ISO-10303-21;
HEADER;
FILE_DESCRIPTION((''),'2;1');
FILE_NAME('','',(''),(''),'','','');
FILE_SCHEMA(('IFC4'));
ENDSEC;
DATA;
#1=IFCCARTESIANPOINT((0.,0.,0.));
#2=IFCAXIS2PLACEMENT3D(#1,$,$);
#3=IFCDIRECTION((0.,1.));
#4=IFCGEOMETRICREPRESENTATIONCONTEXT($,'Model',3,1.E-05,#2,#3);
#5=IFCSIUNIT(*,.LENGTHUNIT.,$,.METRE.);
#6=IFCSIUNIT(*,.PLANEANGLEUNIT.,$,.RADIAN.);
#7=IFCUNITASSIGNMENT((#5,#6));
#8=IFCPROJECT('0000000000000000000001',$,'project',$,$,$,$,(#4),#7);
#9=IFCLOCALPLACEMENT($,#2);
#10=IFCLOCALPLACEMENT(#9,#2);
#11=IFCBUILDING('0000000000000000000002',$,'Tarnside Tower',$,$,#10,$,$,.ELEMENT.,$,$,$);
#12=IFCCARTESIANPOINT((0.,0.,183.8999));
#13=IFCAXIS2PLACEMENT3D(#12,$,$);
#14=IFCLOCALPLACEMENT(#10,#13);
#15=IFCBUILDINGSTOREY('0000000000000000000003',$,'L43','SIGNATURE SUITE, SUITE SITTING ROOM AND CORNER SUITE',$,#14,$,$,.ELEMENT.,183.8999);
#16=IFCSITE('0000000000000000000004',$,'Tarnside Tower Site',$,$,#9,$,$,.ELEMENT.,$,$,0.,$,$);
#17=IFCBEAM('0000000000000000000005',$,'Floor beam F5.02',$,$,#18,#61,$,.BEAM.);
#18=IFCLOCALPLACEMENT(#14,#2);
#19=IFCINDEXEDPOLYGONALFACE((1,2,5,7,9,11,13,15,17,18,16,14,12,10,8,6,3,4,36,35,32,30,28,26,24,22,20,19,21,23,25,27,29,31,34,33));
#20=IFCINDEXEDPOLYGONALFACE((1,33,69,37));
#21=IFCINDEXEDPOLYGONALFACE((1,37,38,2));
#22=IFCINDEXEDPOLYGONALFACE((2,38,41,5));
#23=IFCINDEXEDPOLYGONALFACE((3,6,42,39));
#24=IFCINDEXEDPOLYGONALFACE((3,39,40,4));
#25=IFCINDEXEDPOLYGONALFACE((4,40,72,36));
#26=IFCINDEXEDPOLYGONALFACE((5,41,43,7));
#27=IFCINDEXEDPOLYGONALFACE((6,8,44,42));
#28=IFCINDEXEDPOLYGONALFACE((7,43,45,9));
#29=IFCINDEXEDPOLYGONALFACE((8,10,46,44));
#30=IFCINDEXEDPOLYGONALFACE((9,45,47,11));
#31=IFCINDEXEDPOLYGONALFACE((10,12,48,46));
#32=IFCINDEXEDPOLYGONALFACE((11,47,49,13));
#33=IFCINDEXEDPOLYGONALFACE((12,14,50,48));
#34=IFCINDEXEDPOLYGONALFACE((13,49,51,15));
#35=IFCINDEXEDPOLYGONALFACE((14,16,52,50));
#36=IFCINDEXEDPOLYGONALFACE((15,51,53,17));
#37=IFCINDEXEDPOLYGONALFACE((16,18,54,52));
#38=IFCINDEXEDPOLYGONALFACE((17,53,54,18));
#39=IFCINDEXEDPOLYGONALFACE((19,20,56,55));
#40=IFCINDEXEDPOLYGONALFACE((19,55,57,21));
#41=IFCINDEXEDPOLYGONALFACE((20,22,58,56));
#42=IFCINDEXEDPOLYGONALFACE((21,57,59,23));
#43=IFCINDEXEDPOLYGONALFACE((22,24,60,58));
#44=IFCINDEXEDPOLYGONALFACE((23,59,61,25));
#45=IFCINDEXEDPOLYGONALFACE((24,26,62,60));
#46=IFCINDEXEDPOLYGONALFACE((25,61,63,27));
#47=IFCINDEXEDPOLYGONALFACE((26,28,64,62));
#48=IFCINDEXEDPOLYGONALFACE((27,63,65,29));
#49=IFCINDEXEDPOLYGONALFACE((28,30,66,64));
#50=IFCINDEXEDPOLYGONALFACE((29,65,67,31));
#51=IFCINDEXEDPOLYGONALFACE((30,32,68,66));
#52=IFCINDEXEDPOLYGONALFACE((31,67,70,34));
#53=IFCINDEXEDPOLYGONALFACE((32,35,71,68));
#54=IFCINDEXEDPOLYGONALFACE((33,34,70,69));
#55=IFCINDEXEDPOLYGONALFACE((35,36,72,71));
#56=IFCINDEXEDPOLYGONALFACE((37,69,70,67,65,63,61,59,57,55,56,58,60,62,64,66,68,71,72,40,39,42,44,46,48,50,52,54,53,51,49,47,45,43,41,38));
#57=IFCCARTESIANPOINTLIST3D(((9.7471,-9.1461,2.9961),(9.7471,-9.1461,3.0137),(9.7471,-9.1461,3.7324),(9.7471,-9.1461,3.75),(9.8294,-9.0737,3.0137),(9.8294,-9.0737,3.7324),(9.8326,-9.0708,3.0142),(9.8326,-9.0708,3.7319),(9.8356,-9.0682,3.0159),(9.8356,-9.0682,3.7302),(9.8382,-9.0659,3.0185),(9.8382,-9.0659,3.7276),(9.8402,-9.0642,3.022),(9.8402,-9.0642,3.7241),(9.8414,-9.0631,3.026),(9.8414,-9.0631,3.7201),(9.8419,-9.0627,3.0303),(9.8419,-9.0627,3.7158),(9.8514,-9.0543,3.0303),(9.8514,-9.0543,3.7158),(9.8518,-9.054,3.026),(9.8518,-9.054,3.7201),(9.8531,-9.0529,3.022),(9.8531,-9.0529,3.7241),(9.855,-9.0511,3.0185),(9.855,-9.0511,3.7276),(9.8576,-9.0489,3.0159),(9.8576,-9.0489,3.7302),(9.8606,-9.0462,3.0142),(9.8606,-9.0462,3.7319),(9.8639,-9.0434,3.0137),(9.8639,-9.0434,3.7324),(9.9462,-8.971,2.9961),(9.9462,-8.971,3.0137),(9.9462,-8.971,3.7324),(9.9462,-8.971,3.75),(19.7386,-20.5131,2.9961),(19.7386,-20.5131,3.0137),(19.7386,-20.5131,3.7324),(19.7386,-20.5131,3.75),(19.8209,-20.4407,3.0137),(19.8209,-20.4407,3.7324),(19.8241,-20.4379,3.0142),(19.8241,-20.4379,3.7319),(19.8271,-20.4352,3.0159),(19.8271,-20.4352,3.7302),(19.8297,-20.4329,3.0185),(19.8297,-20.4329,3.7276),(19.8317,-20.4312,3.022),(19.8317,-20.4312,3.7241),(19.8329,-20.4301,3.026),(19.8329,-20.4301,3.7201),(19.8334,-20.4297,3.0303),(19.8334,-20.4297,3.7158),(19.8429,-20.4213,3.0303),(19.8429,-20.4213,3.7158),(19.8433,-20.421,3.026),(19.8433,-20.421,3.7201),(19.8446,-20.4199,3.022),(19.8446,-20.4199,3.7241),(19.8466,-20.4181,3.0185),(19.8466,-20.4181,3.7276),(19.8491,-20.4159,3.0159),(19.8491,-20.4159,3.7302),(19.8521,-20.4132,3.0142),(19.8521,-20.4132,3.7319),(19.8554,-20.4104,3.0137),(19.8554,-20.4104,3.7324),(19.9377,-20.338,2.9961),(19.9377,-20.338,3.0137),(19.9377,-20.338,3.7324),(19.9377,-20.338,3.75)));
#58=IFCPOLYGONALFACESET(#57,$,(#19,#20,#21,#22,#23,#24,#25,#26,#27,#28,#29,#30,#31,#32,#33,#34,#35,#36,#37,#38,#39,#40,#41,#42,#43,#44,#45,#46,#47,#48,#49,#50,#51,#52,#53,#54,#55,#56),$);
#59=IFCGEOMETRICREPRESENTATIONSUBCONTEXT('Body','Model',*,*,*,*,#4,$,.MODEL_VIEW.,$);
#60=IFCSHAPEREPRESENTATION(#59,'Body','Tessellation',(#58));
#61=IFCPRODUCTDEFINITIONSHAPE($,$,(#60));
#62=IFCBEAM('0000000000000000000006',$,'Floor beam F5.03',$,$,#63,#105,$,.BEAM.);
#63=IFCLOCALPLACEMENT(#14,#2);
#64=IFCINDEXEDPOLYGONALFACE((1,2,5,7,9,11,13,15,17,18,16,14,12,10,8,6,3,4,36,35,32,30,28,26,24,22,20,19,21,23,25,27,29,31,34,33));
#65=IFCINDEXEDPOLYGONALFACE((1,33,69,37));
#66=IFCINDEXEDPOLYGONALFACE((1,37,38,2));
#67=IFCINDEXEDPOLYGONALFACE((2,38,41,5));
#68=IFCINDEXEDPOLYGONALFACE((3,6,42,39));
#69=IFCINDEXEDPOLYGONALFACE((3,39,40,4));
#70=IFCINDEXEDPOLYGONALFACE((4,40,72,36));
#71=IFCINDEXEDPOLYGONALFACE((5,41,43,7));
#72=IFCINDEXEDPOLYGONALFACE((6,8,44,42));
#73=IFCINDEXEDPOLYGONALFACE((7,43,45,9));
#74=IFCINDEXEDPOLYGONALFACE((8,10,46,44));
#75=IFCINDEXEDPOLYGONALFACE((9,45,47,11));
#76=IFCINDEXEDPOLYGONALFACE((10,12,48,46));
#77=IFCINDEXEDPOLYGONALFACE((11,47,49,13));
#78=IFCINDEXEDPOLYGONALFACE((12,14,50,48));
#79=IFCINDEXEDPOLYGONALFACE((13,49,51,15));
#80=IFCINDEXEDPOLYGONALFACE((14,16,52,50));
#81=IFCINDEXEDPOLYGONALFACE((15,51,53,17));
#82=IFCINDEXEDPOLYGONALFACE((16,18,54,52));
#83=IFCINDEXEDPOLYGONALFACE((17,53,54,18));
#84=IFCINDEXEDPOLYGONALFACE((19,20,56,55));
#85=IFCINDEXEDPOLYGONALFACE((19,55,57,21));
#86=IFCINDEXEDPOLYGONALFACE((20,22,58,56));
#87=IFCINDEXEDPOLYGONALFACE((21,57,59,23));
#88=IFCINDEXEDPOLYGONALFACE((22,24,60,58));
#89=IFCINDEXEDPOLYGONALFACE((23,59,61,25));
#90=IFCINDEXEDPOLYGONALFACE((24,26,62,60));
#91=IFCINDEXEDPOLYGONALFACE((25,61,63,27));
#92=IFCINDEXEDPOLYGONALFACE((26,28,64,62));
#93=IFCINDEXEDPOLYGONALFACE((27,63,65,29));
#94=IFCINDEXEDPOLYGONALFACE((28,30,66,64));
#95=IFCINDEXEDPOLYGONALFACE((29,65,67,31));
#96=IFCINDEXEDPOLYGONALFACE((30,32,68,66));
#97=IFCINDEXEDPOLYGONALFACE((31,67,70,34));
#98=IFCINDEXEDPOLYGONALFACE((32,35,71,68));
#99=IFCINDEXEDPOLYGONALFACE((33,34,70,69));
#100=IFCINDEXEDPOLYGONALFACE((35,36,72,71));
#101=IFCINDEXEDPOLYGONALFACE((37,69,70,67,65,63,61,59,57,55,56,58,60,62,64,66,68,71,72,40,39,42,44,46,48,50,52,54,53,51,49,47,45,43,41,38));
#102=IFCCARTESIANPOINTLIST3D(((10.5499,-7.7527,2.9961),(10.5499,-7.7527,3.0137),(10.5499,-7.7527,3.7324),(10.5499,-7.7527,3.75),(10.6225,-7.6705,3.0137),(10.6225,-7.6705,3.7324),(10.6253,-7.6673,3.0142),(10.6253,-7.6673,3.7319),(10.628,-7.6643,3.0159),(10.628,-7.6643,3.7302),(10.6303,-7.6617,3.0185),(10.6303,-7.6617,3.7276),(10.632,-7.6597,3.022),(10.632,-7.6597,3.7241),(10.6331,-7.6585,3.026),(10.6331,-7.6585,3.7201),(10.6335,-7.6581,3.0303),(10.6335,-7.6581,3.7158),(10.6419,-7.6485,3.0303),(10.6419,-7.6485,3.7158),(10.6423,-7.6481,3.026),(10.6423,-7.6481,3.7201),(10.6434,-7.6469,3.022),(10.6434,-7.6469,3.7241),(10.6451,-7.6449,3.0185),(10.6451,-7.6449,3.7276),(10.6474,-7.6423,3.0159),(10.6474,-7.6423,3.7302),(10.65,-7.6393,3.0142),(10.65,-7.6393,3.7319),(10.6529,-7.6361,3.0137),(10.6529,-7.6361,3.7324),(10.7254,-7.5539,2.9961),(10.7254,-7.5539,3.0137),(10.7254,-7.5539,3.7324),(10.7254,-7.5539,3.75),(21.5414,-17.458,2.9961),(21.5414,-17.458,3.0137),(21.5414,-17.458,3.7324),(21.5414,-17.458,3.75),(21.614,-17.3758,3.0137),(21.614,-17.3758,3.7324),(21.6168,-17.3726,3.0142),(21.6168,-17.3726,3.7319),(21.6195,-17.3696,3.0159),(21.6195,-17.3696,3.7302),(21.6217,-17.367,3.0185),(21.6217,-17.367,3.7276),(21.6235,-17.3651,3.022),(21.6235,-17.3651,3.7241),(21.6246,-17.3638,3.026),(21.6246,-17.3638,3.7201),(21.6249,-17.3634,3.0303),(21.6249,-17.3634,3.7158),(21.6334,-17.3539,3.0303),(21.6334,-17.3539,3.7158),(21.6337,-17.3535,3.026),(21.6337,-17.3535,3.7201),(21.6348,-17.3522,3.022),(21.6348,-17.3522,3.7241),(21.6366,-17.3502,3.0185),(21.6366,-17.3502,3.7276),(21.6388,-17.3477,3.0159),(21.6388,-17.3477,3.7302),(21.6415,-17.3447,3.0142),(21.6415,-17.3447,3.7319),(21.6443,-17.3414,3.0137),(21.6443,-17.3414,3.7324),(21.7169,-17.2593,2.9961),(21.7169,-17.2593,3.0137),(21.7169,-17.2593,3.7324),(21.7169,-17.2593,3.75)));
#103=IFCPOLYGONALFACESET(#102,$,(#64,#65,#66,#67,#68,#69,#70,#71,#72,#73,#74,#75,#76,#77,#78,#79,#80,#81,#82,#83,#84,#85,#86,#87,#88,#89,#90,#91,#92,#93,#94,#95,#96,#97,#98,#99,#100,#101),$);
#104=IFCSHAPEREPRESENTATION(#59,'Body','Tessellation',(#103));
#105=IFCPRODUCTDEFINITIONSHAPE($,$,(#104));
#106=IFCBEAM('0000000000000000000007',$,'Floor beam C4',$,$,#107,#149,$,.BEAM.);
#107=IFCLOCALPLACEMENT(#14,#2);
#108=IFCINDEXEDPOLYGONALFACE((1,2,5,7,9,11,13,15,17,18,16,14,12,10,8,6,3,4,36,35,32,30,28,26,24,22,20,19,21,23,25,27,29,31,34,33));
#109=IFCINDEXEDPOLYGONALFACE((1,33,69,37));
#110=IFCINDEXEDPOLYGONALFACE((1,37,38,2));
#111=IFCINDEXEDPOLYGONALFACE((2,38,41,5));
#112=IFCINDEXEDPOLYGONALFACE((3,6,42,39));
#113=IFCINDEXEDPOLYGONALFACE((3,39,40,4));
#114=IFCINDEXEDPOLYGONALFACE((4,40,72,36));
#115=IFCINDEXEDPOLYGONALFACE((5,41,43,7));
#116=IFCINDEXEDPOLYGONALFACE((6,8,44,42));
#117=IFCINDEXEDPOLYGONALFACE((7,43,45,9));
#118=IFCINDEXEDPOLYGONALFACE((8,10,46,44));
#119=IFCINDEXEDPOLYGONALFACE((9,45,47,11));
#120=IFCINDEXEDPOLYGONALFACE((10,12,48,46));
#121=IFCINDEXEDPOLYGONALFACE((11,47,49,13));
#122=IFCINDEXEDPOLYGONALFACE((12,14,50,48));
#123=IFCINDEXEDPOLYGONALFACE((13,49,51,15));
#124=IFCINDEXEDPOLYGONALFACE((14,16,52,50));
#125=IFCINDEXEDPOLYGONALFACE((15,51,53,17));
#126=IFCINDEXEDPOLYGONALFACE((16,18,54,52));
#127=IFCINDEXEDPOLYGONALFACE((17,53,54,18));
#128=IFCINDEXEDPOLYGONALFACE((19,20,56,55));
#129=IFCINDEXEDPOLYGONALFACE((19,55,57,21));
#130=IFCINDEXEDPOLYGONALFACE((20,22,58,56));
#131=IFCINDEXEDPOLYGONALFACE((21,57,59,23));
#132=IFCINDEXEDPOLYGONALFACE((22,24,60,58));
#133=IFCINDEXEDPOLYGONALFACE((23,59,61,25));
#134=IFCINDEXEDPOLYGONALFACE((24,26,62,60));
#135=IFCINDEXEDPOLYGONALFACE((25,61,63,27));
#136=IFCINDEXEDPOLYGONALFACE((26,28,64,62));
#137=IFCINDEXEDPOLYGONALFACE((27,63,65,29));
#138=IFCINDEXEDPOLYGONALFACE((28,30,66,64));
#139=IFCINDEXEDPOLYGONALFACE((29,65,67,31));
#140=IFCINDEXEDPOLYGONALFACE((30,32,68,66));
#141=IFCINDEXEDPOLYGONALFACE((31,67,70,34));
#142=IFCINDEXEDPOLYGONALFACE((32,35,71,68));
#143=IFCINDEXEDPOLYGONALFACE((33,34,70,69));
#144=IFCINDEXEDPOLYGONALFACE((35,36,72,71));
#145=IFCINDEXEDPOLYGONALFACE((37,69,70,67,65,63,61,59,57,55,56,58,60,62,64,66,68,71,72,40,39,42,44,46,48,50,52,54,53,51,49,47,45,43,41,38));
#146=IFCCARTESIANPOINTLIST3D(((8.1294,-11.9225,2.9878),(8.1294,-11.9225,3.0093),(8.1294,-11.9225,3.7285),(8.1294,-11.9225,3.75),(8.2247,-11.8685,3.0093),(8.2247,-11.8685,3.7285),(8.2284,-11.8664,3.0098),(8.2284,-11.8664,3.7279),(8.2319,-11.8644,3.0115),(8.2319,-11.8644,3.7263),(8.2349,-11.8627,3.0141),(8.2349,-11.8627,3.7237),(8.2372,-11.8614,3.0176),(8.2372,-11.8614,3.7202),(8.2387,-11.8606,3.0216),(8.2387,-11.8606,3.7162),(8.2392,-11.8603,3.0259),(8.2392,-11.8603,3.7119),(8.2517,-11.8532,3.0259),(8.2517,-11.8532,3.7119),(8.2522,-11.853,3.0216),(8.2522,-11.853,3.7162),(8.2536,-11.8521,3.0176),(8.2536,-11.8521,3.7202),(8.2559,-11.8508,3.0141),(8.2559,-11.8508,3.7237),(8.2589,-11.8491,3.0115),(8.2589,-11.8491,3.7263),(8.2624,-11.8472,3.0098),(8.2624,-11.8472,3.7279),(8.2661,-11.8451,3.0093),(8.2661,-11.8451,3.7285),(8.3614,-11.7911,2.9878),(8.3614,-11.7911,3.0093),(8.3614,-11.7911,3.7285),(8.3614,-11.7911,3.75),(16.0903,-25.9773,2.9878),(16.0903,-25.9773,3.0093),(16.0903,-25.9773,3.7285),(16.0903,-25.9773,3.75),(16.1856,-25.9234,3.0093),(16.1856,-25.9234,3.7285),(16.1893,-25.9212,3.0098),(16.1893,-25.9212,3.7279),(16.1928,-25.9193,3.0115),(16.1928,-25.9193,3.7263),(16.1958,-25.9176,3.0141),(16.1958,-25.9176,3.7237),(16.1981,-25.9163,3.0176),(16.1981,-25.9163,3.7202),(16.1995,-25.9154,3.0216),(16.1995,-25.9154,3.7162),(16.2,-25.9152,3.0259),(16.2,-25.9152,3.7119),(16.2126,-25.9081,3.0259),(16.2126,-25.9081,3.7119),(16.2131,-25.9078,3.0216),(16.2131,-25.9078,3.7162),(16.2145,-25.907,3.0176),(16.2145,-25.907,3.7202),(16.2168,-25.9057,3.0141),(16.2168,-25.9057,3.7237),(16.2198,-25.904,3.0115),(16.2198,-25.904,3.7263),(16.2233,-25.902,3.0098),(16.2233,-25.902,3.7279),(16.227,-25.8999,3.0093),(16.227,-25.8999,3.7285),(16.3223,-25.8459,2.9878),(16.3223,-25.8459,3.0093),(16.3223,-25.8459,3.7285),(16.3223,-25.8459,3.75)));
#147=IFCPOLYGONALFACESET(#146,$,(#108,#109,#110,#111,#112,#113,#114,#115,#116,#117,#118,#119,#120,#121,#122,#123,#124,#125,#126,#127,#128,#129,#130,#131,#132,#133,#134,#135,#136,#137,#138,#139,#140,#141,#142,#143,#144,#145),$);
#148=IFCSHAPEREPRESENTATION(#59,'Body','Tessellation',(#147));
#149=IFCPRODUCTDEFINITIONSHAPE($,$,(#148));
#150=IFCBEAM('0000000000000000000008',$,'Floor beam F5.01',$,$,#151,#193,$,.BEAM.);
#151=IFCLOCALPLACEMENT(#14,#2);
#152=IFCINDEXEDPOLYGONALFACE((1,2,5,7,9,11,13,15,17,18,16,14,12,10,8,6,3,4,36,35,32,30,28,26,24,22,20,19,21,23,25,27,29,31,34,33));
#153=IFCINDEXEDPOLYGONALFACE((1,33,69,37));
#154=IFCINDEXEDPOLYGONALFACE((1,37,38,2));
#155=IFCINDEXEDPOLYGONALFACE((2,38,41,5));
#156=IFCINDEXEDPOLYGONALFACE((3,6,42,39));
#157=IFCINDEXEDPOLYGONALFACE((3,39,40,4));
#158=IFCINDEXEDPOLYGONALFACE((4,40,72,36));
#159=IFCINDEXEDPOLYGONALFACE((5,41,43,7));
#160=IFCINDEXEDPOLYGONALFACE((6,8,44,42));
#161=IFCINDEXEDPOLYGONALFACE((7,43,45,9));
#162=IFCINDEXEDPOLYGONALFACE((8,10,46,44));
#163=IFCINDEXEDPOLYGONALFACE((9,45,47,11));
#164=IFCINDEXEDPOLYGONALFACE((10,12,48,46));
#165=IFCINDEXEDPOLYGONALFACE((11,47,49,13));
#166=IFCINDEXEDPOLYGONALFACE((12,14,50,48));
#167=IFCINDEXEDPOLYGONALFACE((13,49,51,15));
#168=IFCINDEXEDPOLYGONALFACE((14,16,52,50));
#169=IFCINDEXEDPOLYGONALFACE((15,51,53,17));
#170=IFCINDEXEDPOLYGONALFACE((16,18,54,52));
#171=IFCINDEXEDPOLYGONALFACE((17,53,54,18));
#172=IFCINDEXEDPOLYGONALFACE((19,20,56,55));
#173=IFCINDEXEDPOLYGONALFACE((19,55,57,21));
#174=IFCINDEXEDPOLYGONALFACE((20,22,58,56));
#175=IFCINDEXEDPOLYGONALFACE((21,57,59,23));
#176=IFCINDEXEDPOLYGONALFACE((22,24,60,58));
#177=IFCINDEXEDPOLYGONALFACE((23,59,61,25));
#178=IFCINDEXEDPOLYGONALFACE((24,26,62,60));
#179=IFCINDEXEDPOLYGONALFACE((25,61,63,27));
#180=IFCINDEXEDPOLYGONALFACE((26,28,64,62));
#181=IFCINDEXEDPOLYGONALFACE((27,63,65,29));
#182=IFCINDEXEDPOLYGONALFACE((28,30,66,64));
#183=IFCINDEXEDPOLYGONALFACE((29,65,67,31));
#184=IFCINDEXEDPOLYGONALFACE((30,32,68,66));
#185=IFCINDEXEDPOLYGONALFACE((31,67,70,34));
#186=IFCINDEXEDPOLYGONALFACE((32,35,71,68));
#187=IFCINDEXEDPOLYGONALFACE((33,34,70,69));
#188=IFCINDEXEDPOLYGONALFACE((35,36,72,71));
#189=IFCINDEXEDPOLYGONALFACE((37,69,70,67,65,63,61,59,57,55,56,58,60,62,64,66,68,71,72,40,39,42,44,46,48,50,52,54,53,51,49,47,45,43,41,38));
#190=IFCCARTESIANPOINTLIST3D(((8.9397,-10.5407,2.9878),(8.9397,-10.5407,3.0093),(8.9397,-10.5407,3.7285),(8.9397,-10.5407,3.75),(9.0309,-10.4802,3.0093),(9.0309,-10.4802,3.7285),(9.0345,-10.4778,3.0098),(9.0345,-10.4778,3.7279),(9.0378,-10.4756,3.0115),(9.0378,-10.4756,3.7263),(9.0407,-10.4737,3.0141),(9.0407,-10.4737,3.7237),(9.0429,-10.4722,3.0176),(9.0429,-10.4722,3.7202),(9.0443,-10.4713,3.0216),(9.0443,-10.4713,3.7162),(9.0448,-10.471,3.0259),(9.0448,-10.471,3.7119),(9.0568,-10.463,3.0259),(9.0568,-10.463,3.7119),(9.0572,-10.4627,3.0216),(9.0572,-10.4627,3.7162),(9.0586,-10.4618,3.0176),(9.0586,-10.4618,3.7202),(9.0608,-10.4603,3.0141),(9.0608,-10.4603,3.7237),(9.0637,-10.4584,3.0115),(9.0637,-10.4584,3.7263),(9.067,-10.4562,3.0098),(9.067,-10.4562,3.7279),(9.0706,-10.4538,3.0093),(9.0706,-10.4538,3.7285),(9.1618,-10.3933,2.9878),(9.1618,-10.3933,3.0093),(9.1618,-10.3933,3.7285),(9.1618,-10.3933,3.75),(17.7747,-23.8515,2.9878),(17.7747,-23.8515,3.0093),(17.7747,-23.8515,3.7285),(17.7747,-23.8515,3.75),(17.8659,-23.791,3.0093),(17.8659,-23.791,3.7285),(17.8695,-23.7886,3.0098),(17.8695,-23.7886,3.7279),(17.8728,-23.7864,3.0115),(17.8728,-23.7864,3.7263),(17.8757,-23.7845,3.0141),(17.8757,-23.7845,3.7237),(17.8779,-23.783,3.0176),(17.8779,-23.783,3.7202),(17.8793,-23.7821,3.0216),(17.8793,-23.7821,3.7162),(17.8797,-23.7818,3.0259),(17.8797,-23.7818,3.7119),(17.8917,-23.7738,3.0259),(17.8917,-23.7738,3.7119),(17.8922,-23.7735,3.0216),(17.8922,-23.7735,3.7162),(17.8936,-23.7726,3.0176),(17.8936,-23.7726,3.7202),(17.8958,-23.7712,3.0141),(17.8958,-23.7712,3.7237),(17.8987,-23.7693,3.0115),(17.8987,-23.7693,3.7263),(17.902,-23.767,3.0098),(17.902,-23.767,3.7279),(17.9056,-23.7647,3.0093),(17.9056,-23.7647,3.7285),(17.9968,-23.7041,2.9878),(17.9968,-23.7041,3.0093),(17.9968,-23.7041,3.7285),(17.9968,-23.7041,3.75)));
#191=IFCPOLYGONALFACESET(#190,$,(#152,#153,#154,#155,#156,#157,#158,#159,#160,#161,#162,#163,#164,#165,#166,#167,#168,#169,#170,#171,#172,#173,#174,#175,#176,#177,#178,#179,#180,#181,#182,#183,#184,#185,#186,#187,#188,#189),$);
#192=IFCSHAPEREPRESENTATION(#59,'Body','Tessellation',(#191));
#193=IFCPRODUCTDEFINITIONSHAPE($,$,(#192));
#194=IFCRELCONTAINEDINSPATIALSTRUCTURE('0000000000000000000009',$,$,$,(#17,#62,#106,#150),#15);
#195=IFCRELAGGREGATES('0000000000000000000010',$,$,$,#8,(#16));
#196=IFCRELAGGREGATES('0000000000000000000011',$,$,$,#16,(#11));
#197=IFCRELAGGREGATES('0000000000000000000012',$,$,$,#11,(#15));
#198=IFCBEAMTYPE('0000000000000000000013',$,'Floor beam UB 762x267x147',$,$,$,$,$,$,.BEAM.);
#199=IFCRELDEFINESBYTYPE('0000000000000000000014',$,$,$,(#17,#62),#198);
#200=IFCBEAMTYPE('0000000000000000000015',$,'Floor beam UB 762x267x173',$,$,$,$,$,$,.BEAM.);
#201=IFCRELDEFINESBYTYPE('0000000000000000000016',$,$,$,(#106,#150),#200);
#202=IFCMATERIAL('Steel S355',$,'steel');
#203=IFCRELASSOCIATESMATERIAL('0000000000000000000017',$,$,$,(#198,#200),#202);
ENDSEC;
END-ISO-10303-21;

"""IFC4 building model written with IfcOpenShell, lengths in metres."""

from ifc_helpers import new_model, si_unit, direction, frame, origin, origin_2d, place, context, subcontext, project, spatial, i_section, extrude, material, material_profile, profile_set, type_object, element, save


model = new_model("IFC4")

# Units and contexts
model_context = context("Model", 3, precision=1e-05, world=origin(), true_north=direction((0.0, 1.0)))
body_context = subcontext(model_context, "Body", "Model", "MODEL_VIEW")
ifc_project = project(units=[si_unit("LENGTHUNIT", "METRE"), si_unit("PLANEANGLEUNIT", "RADIAN")], contexts=[model_context])

# Site, building, storey
site_placement = place(None, origin())
site = spatial("IfcSite", under=ifc_project, at=site_placement, Name="Tarnside Tower Site", CompositionType="ELEMENT", RefElevation=0.0)
building_placement = place(site_placement, origin())
building = spatial("IfcBuilding", under=site, at=building_placement, Name="Tarnside Tower", CompositionType="ELEMENT")
storey_placement = place(building_placement, frame((0.0, 0.0, 183.8999)))
storey = spatial("IfcBuildingStorey", under=building, at=storey_placement, Name="L43", Description="SIGNATURE SUITE, SUITE SITTING ROOM AND CORNER SUITE", CompositionType="ELEMENT", Elevation=183.8999)

# Beams
ifc_material_1 = material(Name="Steel S355", Category="steel")
ifc_material_profile_1 = material_profile(ifc_material_1, i_section(OverallWidth=0.2651, OverallDepth=0.7539, WebThickness=0.0127, FlangeThickness=0.0176, FilletRadius=0.0166, at=origin_2d()), Name="UB 762x267x147")
ifc_profile_set_1 = profile_set([ifc_material_profile_1], Name="Steel S355")
beam_type_1 = type_object("IfcBeamType", Name="Floor beam UB 762x267x147", PredefinedType="BEAM", material=ifc_profile_set_1)
beam_1_placement = place(storey_placement, frame((19.8381, -20.4255, 3.373), z_axis=(-0.660201, 0.751089, 0.0), x_axis=(-0.751089, -0.660201, 0.0)))
element("IfcBeam", 1, at=beam_1_placement, inside=storey, type_object=beam_type_1, Name="Floor beam F5.02", PredefinedType="BEAM", context=body_context, shape_type="SweptSolid", body=[
    extrude(i_section(OverallWidth=0.2651, OverallDepth=0.7539, WebThickness=0.0127, FlangeThickness=0.0176, FilletRadius=0.0166, at=origin_2d()), origin(), (0.0, 0.0, 1.0), 15.134),
])
beam_2_placement = place(storey_placement, frame((21.6292, -17.3586, 3.373), z_axis=(-0.749602, 0.661889, 0.0), x_axis=(-0.661889, -0.749602, 0.0)))
element("IfcBeam", 2, at=beam_2_placement, inside=storey, type_object=beam_type_1, Name="Floor beam F5.03", PredefinedType="BEAM", context=body_context, shape_type="SweptSolid", body=[
    extrude(i_section(OverallWidth=0.2651, OverallDepth=0.7539, WebThickness=0.0127, FlangeThickness=0.0176, FilletRadius=0.0166, at=origin_2d()), origin(), (0.0, 0.0, 1.0), 14.6631),
])
ifc_material_profile_2 = material_profile(ifc_material_1, i_section(OverallWidth=0.2666, OverallDepth=0.7622, WebThickness=0.0144, FlangeThickness=0.0215, FilletRadius=0.0166, at=origin_2d()), Name="UB 762x267x173")
ifc_profile_set_2 = profile_set([ifc_material_profile_2], Name="Steel S355")
beam_type_2 = type_object("IfcBeamType", Name="Floor beam UB 762x267x173", PredefinedType="BEAM", material=ifc_profile_set_2)
beam_3_placement = place(storey_placement, frame((16.2063, -25.9116, 3.3689), z_axis=(-0.492847, 0.870116, 0.0), x_axis=(-0.870116, -0.492847, 0.0)))
element("IfcBeam", 3, at=beam_3_placement, inside=storey, type_object=beam_type_2, Name="Floor beam C4", PredefinedType="BEAM", context=body_context, shape_type="SweptSolid", body=[
    extrude(i_section(OverallWidth=0.2666, OverallDepth=0.7622, WebThickness=0.0144, FlangeThickness=0.0215, FilletRadius=0.0166, at=origin_2d()), origin(), (0.0, 0.0, 1.0), 16.1528),
])
beam_4_placement = place(storey_placement, frame((17.8857, -23.7778, 3.3689), z_axis=(-0.553013, 0.833172, 0.0), x_axis=(-0.833172, -0.553013, 0.0)))
element("IfcBeam", 4, at=beam_4_placement, inside=storey, type_object=beam_type_2, Name="Floor beam F5.01", PredefinedType="BEAM", context=body_context, shape_type="SweptSolid", body=[
    extrude(i_section(OverallWidth=0.2666, OverallDepth=0.7622, WebThickness=0.0144, FlangeThickness=0.0215, FilletRadius=0.0166, at=origin_2d()), origin(), (0.0, 0.0, 1.0), 15.9761),
])

save(model, "model.ifc")
